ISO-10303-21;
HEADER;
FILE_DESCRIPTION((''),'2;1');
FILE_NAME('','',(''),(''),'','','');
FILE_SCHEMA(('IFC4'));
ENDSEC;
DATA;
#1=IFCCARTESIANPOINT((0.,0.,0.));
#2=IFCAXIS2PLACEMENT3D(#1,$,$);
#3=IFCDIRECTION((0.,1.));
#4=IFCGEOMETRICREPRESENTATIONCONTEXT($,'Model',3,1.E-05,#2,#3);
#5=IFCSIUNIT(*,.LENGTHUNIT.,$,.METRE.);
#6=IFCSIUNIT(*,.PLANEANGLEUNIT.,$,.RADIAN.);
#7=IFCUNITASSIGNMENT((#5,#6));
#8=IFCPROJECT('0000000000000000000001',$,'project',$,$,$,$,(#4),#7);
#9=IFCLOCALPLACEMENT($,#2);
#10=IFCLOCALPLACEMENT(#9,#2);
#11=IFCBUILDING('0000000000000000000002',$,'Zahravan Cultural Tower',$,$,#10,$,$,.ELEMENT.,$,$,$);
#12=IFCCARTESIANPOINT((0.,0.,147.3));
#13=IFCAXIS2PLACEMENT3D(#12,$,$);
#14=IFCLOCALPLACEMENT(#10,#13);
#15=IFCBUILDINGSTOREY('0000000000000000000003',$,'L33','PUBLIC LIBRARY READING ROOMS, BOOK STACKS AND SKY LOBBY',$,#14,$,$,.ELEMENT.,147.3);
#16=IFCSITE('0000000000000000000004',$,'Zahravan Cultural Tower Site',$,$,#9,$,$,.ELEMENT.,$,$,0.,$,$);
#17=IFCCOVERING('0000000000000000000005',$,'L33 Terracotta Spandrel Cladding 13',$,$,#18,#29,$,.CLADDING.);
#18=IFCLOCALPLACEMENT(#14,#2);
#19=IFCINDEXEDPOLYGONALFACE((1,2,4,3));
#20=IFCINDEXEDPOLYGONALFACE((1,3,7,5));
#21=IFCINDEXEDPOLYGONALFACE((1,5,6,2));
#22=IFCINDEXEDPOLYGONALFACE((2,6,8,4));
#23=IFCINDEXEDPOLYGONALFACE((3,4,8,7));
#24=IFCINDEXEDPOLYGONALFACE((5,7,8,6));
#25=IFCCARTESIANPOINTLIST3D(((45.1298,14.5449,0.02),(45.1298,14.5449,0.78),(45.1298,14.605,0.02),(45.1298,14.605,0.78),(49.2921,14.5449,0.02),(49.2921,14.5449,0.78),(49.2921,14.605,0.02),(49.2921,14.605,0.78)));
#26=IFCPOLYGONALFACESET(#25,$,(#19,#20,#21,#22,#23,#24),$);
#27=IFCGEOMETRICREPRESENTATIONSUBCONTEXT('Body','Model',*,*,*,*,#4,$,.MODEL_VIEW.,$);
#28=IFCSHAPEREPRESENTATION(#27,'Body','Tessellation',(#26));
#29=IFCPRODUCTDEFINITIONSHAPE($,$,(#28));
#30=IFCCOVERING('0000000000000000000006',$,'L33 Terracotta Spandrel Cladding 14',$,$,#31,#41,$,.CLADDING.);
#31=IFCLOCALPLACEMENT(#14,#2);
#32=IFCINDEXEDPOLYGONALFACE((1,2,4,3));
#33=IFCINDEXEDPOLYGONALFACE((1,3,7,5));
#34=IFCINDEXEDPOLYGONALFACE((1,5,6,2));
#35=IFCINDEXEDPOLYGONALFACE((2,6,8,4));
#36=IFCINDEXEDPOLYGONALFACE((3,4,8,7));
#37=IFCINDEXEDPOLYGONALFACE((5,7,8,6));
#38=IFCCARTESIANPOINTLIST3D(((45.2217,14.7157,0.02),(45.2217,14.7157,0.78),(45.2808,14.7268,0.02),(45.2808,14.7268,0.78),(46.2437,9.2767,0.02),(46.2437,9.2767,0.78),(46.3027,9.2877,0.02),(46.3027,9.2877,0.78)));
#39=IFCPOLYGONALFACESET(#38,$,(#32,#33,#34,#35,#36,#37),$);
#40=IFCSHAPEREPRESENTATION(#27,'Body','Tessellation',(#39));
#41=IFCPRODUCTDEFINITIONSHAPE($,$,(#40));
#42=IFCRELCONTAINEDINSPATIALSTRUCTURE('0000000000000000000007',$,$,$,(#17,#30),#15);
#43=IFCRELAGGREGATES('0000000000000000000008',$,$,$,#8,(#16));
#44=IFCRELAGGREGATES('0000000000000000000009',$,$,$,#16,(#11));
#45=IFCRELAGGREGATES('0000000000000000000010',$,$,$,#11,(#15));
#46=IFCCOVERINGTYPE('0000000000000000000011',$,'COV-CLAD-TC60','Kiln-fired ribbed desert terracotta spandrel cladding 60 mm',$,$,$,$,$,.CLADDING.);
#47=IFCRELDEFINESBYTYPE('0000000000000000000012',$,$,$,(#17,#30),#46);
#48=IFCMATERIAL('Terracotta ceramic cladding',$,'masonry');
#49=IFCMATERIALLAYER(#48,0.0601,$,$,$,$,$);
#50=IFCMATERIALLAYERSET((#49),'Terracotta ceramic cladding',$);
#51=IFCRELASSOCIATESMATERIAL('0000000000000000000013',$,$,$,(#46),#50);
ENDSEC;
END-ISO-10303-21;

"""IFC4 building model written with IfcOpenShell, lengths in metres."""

from ifc_helpers import new_model, si_unit, direction, frame, origin, origin_2d, place, context, subcontext, project, spatial, rectangle, extrude, source, transform, mapped, material, layer, layer_set, type_object, element, save


model = new_model("IFC4")

# Units and contexts
model_context = context("Model", 3, precision=1e-05, world=origin(), true_north=direction((0.0, 1.0)))
body_context = subcontext(model_context, "Body", "Model", "MODEL_VIEW")
ifc_project = project(units=[si_unit("LENGTHUNIT", "METRE"), si_unit("PLANEANGLEUNIT", "RADIAN")], contexts=[model_context])

# Site, building, storey
site_placement = place(None, origin())
site = spatial("IfcSite", under=ifc_project, at=site_placement, Name="Zahravan Cultural Tower Site", CompositionType="ELEMENT", RefElevation=0.0)
building_placement = place(site_placement, origin())
building = spatial("IfcBuilding", under=site, at=building_placement, Name="Zahravan Cultural Tower", CompositionType="ELEMENT")
storey_placement = place(building_placement, frame((0.0, 0.0, 147.3)))
storey = spatial("IfcBuildingStorey", under=building, at=storey_placement, Name="L33", Description="PUBLIC LIBRARY READING ROOMS, BOOK STACKS AND SKY LOBBY", CompositionType="ELEMENT", Elevation=147.3)

# Coverings
ifc_material_1 = material(Name="Terracotta ceramic cladding", Category="masonry")
ifc_layer_1 = layer(ifc_material_1, 0.0601)
ifc_layer_set_1 = layer_set([ifc_layer_1], Name="Terracotta ceramic cladding")
covering_type = type_object("IfcCoveringType", Name="COV-CLAD-TC60", Description="Kiln-fired ribbed desert terracotta spandrel cladding 60 mm", PredefinedType="CLADDING", material=ifc_layer_set_1)
shared_shape_1 = source(origin(), body_context, "Body", "SweptSolid", [
    extrude(rectangle(XDim=4.1624, YDim=0.0601, at=origin_2d()), origin(), (0.0, 0.0, 1.0), 0.76),
])
covering_1_placement = place(storey_placement, frame((47.2109, 14.575, 0.02), z_axis=(0.0, 0.0, 1.0), x_axis=(-1.0, 0.0, 0.0)))
element("IfcCovering", 1, at=covering_1_placement, inside=storey, type_object=covering_type, Name="L33 Terracotta Spandrel Cladding 13", PredefinedType="CLADDING", context=body_context, shape_type="MappedRepresentation", body=[
    mapped(shared_shape_1, transform((0.0, 0.0, 0.0), x_axis=(1.0, 0.0, 0.0), y_axis=(0.0, 1.0, 0.0), z_axis=(0.0, 0.0, 1.0), scale=1.0)),
])
shared_shape_2 = source(origin(), body_context, "Body", "SweptSolid", [
    extrude(rectangle(XDim=5.5342, YDim=0.0601, at=origin_2d()), origin(), (0.0, 0.0, 1.0), 0.76),
])
covering_2_placement = place(storey_placement, frame((45.7622, 12.0017, 0.02), z_axis=(0.0, 0.0, 1.0), x_axis=(0.184655, -0.982803, 0.0)))
element("IfcCovering", 2, at=covering_2_placement, inside=storey, type_object=covering_type, Name="L33 Terracotta Spandrel Cladding 14", PredefinedType="CLADDING", context=body_context, shape_type="MappedRepresentation", body=[
    mapped(shared_shape_2, transform((0.0, 0.0, 0.0), x_axis=(1.0, 0.0, 0.0), y_axis=(0.0, 1.0, 0.0), z_axis=(0.0, 0.0, 1.0), scale=1.0)),
])

save(model, "model.ifc")
